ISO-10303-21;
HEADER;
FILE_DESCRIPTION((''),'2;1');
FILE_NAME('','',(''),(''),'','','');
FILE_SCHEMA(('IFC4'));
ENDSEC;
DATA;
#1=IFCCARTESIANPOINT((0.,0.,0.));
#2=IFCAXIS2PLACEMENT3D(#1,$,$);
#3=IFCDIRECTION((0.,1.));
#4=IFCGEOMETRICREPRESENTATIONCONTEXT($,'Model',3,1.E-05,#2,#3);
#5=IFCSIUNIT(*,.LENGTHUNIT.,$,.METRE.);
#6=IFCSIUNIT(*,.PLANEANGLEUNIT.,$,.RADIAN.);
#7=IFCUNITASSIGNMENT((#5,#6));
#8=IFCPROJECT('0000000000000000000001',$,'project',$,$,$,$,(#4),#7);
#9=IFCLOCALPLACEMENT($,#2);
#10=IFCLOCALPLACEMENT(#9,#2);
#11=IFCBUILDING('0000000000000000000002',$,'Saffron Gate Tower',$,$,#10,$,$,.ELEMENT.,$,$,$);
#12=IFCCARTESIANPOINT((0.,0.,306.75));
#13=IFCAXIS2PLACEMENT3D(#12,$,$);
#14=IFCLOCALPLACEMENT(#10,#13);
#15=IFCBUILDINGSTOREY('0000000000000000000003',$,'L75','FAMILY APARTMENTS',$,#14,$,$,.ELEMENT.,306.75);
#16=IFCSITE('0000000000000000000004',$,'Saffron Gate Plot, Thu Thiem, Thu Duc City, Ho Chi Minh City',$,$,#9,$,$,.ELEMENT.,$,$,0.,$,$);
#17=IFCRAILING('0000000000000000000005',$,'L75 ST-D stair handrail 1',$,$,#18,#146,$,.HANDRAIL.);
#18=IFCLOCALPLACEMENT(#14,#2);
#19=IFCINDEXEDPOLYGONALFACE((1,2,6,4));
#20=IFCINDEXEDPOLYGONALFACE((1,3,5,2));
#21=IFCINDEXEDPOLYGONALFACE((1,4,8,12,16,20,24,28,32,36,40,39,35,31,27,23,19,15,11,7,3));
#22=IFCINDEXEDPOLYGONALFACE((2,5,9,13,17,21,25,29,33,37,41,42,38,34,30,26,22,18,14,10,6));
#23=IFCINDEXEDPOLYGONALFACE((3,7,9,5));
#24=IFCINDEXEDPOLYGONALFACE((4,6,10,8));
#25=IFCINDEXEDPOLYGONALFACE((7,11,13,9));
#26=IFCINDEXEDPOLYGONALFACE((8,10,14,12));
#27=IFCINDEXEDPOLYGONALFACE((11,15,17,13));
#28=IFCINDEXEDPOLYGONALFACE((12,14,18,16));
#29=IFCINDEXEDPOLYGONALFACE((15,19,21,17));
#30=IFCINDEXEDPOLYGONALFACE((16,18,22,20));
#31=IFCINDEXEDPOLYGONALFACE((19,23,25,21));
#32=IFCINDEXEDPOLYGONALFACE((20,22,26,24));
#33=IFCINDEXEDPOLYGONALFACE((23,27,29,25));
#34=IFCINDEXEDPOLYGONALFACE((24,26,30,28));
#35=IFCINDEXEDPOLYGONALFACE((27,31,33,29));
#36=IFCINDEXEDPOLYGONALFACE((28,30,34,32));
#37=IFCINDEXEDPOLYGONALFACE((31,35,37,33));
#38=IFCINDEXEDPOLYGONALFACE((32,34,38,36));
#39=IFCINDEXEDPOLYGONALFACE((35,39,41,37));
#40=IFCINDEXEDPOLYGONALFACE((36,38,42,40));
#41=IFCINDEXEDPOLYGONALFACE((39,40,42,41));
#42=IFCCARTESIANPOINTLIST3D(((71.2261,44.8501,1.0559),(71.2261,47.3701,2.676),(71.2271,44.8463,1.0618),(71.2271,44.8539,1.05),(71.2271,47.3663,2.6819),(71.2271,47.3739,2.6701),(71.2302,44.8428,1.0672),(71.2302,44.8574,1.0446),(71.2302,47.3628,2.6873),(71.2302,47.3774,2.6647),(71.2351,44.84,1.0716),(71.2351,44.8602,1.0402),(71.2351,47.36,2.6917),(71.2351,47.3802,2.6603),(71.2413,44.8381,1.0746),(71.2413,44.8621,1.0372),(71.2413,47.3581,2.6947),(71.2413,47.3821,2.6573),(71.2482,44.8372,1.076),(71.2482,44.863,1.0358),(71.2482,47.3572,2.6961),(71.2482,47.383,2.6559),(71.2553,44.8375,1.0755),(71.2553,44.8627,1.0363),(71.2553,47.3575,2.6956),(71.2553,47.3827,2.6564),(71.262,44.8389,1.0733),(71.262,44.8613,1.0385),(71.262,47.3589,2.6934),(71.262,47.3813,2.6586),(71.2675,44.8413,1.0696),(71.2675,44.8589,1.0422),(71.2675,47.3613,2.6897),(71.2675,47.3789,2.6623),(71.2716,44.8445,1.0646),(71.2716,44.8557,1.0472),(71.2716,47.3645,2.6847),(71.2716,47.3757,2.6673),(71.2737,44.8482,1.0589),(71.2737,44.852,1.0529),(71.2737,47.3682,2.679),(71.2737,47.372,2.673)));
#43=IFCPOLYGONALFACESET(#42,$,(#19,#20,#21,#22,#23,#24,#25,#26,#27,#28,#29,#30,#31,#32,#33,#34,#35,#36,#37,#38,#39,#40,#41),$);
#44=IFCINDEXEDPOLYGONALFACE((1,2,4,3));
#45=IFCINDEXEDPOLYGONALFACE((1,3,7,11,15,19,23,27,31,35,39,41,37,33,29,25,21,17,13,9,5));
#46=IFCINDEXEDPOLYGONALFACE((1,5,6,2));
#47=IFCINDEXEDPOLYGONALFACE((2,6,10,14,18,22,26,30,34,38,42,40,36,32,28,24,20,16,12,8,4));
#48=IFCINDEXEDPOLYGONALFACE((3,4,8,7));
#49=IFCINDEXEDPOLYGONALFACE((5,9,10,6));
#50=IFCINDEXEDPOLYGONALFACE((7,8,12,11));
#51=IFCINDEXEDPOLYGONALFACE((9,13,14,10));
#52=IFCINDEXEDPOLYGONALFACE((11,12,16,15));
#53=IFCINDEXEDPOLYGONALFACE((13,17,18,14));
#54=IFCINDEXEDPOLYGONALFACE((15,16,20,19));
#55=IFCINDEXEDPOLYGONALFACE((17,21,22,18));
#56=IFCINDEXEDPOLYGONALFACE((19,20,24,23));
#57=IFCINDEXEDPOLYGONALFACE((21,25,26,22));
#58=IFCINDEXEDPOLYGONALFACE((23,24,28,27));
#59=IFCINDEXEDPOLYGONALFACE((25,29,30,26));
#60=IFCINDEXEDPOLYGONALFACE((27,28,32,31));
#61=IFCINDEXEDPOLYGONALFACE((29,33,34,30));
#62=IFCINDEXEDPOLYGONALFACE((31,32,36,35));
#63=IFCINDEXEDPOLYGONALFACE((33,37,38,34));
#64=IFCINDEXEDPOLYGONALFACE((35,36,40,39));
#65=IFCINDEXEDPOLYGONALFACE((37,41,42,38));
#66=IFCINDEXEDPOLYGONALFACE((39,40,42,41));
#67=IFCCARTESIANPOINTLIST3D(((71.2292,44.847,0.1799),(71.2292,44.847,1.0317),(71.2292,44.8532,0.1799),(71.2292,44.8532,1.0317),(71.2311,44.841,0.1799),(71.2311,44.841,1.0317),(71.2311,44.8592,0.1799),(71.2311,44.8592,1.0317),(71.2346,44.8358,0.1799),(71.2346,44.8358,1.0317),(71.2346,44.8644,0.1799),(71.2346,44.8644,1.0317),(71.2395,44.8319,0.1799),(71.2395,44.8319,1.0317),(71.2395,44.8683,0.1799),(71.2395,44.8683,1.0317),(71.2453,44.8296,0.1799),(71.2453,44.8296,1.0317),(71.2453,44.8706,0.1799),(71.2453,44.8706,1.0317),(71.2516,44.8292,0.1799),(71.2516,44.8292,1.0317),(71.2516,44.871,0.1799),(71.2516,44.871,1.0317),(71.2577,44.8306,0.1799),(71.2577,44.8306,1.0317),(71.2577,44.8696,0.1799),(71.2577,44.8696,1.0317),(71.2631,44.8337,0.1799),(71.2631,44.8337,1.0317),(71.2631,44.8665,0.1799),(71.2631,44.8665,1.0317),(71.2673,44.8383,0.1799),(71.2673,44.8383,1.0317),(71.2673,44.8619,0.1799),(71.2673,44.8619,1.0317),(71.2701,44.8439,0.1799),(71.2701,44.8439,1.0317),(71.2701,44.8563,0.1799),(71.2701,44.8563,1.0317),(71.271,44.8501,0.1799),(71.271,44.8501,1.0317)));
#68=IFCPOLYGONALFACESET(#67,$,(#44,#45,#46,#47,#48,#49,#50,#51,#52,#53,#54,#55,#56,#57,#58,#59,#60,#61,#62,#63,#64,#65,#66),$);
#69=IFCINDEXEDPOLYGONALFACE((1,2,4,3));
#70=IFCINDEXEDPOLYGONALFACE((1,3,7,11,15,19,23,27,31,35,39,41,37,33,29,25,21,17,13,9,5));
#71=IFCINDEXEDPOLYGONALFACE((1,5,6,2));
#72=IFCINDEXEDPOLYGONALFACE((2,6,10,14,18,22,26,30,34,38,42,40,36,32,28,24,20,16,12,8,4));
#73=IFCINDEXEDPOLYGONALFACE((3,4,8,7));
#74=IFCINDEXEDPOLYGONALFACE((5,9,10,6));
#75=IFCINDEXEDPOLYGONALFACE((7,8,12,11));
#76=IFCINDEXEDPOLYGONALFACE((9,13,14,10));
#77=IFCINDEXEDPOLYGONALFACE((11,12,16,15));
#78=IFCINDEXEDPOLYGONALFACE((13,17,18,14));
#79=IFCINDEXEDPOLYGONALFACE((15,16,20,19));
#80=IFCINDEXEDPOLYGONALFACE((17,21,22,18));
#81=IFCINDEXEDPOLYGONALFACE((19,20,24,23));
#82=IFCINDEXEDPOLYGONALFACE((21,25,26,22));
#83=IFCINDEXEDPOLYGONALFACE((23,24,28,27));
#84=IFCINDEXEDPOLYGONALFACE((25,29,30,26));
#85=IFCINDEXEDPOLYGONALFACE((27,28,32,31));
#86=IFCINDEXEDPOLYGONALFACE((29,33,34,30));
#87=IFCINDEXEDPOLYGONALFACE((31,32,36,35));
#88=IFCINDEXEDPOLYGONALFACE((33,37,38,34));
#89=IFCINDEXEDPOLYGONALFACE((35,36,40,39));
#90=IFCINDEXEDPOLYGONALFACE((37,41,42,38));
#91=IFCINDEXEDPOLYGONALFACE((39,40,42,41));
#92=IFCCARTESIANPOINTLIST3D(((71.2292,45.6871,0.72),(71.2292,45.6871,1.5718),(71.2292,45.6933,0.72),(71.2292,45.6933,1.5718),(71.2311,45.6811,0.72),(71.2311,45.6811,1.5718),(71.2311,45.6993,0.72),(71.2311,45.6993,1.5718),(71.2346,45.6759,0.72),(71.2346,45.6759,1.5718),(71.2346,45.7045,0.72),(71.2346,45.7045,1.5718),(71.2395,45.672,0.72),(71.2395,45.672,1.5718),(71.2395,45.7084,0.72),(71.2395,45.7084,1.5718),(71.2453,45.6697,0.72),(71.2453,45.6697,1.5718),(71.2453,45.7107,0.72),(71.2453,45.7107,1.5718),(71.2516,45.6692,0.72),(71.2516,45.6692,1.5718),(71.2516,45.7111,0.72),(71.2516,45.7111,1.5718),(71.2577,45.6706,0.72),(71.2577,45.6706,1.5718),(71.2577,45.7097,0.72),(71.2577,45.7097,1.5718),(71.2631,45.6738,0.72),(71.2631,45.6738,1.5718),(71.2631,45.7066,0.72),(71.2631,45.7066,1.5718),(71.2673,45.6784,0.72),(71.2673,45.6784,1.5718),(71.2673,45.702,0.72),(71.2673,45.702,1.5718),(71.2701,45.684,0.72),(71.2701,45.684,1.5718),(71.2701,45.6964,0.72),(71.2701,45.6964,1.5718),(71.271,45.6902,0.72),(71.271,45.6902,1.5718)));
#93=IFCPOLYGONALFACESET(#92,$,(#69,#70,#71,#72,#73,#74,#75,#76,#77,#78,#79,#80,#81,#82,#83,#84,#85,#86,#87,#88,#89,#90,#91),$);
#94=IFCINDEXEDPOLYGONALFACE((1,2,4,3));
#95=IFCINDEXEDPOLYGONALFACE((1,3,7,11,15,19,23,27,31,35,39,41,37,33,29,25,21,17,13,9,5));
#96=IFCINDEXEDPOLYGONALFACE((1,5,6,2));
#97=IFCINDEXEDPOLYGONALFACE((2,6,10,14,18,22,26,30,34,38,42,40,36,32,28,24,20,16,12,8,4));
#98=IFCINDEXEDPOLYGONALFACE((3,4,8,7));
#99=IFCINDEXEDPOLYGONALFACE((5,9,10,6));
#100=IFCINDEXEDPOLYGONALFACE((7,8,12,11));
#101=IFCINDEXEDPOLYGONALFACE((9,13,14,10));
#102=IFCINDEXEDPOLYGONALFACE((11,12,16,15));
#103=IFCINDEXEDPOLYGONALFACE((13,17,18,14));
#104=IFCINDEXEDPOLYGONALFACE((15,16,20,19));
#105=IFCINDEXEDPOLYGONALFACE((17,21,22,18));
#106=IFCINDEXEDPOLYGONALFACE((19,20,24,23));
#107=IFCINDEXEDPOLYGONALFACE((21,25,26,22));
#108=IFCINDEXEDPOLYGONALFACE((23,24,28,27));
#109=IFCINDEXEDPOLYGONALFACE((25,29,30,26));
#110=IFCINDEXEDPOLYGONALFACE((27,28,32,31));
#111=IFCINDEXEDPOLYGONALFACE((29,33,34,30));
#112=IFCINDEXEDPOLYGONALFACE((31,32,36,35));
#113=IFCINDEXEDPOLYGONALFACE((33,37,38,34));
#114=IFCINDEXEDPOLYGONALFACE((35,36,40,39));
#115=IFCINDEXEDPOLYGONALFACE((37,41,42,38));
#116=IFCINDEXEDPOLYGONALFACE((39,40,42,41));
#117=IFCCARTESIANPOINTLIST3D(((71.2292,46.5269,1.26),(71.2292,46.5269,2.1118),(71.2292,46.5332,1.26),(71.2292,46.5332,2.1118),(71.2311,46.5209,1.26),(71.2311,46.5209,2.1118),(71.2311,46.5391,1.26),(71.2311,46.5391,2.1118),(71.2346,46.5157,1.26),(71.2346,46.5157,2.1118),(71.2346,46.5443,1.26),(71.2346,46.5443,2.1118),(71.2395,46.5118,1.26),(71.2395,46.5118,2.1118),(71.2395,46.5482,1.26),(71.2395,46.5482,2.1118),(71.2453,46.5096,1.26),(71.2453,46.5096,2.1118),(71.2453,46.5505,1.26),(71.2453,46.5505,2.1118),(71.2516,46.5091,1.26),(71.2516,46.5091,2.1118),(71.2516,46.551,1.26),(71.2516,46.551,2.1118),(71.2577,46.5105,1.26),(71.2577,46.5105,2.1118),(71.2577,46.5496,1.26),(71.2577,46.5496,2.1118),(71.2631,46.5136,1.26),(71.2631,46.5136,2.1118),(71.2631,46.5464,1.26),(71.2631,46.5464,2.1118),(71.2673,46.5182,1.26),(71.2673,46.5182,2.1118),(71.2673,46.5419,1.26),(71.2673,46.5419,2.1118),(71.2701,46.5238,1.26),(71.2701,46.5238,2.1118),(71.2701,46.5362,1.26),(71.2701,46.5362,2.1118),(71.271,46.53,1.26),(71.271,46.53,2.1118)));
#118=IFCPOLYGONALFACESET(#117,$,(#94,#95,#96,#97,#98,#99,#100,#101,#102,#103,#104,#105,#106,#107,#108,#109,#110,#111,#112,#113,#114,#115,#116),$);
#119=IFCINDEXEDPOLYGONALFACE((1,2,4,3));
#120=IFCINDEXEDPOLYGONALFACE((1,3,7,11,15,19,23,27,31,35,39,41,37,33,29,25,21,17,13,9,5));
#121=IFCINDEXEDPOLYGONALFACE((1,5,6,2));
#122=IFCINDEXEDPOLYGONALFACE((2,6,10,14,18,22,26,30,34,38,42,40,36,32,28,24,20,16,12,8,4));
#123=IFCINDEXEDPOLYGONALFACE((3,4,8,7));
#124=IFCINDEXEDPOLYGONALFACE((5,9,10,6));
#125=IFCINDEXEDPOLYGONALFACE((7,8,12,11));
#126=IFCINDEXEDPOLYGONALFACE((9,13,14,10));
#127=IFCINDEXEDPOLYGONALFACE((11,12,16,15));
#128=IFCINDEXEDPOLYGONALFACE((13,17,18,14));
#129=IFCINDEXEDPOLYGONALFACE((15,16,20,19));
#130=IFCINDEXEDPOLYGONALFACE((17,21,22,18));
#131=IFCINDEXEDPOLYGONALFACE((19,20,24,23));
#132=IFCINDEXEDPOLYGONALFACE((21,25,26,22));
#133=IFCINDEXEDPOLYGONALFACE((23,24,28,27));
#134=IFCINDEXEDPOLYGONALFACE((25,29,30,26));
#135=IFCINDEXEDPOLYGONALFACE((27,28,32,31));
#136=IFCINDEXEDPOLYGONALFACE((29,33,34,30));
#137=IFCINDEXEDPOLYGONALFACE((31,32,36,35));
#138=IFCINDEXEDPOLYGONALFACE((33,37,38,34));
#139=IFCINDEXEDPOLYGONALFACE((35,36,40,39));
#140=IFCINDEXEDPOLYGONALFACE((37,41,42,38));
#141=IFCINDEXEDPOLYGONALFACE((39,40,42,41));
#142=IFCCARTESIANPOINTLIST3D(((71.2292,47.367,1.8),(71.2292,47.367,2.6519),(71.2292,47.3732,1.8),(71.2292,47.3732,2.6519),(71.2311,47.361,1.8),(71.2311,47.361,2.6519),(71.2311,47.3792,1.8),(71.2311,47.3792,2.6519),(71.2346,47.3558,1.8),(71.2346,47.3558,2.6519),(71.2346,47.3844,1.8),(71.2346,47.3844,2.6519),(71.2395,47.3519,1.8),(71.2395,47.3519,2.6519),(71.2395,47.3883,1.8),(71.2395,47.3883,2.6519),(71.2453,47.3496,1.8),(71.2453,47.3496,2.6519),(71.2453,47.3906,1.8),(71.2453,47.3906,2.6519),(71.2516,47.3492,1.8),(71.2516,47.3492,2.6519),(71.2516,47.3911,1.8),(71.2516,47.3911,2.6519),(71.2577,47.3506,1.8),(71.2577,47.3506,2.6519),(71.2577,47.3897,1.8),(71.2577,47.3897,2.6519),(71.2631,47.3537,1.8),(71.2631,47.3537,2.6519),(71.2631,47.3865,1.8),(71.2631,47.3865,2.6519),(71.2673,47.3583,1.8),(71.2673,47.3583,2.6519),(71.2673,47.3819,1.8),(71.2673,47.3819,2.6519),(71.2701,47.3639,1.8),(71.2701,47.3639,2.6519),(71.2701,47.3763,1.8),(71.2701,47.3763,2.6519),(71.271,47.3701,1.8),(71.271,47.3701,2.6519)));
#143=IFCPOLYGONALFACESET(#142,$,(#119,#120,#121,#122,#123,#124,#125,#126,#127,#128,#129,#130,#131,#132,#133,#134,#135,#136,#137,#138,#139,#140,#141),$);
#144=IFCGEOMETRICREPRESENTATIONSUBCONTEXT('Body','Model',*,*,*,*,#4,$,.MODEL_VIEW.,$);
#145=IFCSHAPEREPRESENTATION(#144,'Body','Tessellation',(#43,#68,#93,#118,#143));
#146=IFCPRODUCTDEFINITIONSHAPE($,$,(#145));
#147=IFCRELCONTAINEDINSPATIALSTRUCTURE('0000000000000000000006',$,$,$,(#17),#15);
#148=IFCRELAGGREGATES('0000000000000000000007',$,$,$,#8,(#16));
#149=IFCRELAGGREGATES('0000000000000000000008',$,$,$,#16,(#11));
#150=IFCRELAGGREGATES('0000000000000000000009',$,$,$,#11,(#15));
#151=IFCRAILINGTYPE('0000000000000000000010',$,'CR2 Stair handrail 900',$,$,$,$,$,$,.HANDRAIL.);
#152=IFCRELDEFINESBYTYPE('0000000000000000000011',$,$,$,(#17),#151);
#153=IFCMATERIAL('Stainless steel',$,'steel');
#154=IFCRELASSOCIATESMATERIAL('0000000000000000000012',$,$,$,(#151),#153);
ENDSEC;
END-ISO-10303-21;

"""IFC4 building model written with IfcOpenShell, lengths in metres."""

from ifc_helpers import new_model, si_unit, direction, frame, origin, origin_2d, place, context, subcontext, project, spatial, circle, extrude, material, type_object, element, save


model = new_model("IFC4")

# Units and contexts
model_context = context("Model", 3, precision=1e-05, world=origin(), true_north=direction((0.0, 1.0)))
body_context = subcontext(model_context, "Body", "Model", "MODEL_VIEW")
ifc_project = project(units=[si_unit("LENGTHUNIT", "METRE"), si_unit("PLANEANGLEUNIT", "RADIAN")], contexts=[model_context])

# Site, building, storey
site_placement = place(None, origin())
site = spatial("IfcSite", under=ifc_project, at=site_placement, Name="Saffron Gate Plot, Thu Thiem, Thu Duc City, Ho Chi Minh City", CompositionType="ELEMENT", RefElevation=0.0)
building_placement = place(site_placement, origin())
building = spatial("IfcBuilding", under=site, at=building_placement, Name="Saffron Gate Tower", CompositionType="ELEMENT")
storey_placement = place(building_placement, frame((0.0, 0.0, 306.75)))
storey = spatial("IfcBuildingStorey", under=building, at=storey_placement, Name="L75", Description="FAMILY APARTMENTS", CompositionType="ELEMENT", Elevation=306.75)

# Railing
ifc_material_1 = material(Name="Stainless steel", Category="steel")
railing_type_1 = type_object("IfcRailingType", Name="CR2 Stair handrail 900", PredefinedType="HANDRAIL", material=ifc_material_1)
railing_1_placement = place(storey_placement, frame((71.25, 44.8501, 0.1799)))
element("IfcRailing", 1, at=railing_1_placement, inside=storey, type_object=railing_type_1, Name="L75 ST-D stair handrail 1", PredefinedType="HANDRAIL", context=body_context, shape_type="SweptSolid", body=[
    extrude(circle(Radius=0.0239, at=origin_2d()), frame((0.0, 0.0, 0.876), z_axis=(0.0, 0.841163, 0.540782), x_axis=(-1.0, 0.0, 0.0)), (0.0, 0.0, 1.0), 2.9958),
    extrude(circle(Radius=0.021, at=origin_2d()), origin(), (0.0, 0.0, 1.0), 0.8518),
    extrude(circle(Radius=0.021, at=origin_2d()), frame((0.0, 0.8401, 0.54)), (0.0, 0.0, 1.0), 0.8518),
    extrude(circle(Radius=0.021, at=origin_2d()), frame((0.0, 1.6799, 1.0801)), (0.0, 0.0, 1.0), 0.8518),
    extrude(circle(Radius=0.021, at=origin_2d()), frame((0.0, 2.52, 1.6201)), (0.0, 0.0, 1.0), 0.8518),
])

save(model, "model.ifc")
